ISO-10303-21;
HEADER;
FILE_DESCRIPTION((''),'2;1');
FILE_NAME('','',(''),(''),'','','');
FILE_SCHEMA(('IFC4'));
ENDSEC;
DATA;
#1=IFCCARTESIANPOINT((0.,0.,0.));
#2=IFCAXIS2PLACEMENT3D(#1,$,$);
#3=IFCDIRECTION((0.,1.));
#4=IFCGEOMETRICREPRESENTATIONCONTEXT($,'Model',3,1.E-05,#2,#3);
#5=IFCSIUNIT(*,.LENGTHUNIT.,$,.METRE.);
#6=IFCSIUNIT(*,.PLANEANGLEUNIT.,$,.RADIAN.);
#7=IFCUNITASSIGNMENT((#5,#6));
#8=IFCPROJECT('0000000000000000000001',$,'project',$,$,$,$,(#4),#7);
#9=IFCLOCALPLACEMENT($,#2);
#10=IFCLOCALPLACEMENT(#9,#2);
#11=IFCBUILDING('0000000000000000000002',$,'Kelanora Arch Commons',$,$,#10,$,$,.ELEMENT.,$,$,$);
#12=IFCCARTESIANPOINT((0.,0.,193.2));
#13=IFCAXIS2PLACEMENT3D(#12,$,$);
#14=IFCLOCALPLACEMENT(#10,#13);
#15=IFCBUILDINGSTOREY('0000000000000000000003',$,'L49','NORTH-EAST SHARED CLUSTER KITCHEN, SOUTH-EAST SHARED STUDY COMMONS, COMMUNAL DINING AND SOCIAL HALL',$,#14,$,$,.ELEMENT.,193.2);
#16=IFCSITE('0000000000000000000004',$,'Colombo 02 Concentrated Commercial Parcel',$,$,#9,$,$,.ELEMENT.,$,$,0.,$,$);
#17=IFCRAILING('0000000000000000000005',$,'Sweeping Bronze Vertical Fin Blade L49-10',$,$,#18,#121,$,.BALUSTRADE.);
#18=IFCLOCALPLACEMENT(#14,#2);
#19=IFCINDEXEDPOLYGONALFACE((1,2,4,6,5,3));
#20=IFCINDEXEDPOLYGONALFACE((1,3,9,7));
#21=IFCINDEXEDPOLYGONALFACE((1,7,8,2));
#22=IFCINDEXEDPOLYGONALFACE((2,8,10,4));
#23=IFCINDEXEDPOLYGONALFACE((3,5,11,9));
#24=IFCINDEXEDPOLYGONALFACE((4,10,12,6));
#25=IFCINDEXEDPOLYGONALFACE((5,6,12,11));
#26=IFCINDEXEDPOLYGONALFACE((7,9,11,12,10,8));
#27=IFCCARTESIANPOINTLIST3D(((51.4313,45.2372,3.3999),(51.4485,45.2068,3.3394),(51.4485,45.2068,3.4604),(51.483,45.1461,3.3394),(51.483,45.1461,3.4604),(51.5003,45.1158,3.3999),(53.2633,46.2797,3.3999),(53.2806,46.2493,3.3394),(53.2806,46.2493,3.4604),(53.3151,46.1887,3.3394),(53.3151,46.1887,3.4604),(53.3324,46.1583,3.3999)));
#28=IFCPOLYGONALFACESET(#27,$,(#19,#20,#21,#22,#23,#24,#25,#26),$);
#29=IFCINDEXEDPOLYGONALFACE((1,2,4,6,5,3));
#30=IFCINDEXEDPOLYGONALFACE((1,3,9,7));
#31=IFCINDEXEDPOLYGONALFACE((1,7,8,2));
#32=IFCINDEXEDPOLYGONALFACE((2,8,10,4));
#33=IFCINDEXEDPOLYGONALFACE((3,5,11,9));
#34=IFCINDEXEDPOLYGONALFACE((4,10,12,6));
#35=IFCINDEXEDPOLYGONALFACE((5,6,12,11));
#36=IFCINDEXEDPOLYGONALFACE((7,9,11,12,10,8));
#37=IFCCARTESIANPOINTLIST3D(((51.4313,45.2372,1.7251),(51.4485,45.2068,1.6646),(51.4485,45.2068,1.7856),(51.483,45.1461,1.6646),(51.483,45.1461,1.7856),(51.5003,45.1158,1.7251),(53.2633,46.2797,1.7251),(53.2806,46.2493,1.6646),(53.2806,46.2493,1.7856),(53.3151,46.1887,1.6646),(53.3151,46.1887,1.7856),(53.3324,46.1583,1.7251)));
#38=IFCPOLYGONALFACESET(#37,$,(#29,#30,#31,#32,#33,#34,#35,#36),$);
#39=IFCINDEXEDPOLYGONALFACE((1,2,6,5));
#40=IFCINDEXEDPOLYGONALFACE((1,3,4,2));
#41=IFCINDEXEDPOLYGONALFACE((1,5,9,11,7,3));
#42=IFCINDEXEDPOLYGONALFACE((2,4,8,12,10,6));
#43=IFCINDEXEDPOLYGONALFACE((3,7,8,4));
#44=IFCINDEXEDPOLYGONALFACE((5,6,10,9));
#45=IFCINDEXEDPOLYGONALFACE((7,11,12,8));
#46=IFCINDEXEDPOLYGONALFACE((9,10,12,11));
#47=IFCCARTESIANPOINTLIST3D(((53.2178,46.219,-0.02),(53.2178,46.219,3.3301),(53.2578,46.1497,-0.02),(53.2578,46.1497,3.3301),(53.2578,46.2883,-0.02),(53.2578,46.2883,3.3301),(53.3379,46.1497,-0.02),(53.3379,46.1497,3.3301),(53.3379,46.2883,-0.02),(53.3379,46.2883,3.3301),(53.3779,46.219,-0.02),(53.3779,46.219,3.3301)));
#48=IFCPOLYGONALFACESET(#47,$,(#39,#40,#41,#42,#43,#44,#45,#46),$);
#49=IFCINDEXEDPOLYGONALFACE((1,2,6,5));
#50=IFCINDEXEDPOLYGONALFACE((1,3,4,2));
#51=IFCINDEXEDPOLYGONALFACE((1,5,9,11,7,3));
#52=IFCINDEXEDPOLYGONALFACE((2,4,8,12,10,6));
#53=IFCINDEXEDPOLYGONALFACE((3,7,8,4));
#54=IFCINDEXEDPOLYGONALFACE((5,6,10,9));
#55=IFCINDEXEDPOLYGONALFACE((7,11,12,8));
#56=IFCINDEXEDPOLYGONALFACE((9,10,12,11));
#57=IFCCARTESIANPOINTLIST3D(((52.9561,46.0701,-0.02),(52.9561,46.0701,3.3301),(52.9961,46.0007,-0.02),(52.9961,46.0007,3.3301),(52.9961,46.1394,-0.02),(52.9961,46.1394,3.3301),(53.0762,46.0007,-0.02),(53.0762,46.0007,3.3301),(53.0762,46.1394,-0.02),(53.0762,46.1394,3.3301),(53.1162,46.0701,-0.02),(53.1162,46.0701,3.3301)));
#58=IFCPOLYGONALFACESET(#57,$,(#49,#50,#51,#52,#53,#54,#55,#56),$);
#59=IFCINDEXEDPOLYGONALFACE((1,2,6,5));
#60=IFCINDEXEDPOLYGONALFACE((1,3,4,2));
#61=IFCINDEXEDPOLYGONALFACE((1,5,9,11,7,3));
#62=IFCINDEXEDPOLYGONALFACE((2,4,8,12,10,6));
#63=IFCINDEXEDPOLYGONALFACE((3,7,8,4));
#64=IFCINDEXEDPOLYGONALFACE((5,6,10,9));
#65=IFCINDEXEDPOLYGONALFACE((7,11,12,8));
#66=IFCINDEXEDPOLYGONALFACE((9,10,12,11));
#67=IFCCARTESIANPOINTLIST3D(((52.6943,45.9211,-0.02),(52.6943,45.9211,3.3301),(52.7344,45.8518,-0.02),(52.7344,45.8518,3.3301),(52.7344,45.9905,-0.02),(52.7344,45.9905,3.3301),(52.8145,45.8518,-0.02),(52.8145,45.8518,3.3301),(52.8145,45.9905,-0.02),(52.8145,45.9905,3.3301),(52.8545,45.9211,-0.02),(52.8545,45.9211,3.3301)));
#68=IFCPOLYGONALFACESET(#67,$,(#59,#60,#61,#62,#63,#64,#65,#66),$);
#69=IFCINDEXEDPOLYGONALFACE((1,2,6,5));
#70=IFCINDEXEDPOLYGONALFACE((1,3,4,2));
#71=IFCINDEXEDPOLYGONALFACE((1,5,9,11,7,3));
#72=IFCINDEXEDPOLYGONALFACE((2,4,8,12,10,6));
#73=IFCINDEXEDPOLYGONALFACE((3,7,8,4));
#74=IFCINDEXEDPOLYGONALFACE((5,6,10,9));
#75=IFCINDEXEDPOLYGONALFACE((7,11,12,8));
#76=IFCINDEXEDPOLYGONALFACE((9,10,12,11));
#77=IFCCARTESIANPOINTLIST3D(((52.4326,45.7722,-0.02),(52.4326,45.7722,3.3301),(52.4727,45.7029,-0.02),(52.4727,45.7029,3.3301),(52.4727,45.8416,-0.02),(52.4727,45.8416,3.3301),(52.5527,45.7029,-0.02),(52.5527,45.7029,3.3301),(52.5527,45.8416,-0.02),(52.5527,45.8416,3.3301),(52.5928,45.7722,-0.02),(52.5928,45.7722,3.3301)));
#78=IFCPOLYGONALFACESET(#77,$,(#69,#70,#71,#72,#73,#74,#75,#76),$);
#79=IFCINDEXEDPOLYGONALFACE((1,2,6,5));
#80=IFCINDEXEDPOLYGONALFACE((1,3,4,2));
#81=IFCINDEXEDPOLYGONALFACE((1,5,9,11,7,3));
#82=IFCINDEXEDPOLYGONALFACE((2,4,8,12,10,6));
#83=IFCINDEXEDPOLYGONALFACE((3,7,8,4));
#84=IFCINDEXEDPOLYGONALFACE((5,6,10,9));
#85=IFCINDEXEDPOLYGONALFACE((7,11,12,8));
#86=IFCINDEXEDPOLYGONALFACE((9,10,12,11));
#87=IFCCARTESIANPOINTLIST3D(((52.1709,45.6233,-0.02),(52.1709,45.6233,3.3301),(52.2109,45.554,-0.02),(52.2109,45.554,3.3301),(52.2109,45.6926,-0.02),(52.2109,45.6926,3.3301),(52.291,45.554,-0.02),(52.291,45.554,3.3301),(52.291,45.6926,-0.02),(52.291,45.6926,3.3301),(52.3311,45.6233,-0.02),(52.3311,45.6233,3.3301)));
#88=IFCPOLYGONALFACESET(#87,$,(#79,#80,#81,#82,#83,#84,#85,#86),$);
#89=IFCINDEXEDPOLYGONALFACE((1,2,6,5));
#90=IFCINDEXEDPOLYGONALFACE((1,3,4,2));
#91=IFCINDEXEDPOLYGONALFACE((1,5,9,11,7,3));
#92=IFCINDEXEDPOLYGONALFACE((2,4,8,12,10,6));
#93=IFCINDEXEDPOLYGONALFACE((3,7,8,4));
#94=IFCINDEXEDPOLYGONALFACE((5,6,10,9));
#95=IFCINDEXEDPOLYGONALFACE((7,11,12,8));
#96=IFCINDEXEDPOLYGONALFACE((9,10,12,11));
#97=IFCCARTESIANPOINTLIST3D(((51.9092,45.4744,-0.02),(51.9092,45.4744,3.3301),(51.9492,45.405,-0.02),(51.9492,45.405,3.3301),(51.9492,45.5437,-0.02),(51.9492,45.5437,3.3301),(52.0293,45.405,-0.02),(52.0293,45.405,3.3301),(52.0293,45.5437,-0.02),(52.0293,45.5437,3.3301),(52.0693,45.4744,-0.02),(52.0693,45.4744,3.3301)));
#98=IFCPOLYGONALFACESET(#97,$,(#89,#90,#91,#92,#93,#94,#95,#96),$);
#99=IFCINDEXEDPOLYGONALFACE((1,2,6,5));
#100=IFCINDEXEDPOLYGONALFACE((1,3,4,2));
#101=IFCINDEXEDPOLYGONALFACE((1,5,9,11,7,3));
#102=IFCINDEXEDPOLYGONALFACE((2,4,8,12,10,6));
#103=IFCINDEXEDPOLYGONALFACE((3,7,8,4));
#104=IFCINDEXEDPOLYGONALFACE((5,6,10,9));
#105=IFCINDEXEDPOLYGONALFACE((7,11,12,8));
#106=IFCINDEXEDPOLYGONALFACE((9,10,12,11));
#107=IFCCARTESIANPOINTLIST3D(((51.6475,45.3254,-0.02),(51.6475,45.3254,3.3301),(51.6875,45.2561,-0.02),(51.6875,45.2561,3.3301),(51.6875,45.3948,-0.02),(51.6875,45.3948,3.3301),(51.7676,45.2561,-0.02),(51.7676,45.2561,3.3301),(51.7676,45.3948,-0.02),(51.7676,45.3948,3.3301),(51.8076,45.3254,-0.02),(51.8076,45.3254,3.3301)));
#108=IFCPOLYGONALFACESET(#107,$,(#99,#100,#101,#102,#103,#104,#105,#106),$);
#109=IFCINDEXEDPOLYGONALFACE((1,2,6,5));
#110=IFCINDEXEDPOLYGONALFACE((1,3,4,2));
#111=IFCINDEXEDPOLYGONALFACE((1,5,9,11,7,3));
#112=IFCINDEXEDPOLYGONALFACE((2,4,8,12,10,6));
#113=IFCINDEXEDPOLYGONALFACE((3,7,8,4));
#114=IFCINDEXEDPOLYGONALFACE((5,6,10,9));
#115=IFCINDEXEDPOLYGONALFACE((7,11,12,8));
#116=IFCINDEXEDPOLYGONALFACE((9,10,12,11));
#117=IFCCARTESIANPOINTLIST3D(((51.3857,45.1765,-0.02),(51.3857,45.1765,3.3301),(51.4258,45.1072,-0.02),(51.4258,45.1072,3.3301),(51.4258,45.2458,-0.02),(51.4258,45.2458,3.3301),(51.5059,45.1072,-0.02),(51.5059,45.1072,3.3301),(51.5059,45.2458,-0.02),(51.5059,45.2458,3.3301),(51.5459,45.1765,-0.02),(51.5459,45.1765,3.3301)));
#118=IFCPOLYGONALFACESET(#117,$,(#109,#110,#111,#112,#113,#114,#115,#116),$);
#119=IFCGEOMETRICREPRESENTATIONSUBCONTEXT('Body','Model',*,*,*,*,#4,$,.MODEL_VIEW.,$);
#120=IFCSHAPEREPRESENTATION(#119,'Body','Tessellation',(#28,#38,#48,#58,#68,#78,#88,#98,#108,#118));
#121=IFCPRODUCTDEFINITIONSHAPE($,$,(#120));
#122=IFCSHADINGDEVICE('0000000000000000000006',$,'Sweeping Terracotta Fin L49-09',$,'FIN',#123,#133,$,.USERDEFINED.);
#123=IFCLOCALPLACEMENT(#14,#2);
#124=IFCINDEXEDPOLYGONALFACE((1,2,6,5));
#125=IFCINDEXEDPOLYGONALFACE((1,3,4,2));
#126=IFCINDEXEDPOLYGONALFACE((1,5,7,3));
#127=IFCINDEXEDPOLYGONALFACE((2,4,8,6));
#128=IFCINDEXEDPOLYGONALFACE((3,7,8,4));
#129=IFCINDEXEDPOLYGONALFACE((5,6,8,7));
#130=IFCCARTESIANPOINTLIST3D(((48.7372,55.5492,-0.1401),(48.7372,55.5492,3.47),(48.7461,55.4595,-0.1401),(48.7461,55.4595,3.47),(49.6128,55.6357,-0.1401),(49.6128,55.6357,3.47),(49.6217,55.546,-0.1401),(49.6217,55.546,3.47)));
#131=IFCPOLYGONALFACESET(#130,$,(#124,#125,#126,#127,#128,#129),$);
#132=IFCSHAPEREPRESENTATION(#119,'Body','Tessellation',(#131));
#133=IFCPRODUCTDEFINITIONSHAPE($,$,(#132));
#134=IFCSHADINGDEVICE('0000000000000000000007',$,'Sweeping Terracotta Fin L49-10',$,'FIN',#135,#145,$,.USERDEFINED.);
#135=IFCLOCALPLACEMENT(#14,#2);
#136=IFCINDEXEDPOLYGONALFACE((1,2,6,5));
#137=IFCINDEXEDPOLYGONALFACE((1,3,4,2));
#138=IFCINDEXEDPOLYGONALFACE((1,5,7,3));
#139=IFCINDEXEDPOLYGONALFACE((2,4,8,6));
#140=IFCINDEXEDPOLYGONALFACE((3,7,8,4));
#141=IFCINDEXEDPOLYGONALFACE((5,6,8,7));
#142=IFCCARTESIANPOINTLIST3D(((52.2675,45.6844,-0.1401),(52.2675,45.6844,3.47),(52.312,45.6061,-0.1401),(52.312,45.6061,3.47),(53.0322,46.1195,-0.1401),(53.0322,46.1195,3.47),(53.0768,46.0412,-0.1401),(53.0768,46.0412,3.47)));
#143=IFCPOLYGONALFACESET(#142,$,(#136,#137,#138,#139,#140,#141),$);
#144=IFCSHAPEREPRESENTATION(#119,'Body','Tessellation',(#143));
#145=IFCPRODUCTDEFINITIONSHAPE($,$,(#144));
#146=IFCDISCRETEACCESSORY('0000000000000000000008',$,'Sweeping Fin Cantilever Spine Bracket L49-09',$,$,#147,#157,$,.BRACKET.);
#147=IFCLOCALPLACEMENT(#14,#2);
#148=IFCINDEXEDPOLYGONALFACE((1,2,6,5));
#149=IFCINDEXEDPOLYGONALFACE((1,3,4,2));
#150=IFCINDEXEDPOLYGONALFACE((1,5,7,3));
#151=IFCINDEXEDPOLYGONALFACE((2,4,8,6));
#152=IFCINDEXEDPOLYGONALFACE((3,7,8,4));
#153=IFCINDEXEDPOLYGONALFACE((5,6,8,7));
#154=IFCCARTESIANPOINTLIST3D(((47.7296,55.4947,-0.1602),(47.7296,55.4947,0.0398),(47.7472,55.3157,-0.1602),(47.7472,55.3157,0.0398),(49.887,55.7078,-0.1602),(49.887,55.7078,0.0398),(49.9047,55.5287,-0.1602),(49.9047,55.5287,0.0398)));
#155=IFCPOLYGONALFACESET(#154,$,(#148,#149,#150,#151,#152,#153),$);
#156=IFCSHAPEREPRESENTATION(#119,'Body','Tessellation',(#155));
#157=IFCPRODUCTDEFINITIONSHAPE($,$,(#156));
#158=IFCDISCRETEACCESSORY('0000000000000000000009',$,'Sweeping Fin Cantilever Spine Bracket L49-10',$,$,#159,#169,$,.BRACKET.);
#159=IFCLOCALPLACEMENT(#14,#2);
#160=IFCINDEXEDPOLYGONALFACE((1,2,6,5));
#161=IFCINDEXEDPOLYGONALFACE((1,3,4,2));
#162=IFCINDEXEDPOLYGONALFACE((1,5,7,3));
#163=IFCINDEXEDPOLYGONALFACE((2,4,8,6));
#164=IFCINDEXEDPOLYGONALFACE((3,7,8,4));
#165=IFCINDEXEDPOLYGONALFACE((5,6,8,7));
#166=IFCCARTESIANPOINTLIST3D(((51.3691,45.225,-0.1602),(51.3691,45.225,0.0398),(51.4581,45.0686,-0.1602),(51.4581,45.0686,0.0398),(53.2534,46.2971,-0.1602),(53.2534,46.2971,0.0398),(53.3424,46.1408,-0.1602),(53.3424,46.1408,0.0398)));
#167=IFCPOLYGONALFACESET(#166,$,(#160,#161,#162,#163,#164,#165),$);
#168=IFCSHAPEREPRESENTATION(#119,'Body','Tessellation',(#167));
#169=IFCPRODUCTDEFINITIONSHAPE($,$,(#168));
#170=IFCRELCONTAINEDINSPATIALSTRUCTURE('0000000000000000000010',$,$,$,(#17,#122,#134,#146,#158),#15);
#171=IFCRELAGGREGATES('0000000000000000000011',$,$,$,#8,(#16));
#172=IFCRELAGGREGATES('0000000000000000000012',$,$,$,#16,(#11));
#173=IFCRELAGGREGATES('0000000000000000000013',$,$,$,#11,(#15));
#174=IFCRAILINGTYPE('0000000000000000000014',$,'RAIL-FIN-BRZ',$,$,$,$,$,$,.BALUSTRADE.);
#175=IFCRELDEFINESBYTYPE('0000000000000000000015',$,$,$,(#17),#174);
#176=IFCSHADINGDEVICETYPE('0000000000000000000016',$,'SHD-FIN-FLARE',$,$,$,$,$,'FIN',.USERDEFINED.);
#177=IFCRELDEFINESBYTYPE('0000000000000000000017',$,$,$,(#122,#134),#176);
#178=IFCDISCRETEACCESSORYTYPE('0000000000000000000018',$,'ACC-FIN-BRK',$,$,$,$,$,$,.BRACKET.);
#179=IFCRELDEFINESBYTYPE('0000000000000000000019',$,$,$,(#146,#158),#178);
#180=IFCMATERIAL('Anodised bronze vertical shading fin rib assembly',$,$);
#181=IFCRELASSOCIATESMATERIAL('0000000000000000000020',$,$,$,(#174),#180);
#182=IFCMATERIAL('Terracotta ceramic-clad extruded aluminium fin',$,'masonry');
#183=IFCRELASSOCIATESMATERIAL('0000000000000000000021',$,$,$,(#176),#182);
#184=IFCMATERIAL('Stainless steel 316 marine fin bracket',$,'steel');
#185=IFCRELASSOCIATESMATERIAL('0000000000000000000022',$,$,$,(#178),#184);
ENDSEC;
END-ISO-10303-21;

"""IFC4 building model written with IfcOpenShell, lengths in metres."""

from ifc_helpers import new_model, si_unit, direction, frame, origin, origin_2d, place, context, subcontext, project, spatial, polyline, rectangle, outline, extrude, source, transform, mapped, material, type_object, element, save


model = new_model("IFC4")

# Units and contexts
model_context = context("Model", 3, precision=1e-05, world=origin(), true_north=direction((0.0, 1.0)))
body_context = subcontext(model_context, "Body", "Model", "MODEL_VIEW")
ifc_project = project(units=[si_unit("LENGTHUNIT", "METRE"), si_unit("PLANEANGLEUNIT", "RADIAN")], contexts=[model_context])

# Site, building, storey
site_placement = place(None, origin())
site = spatial("IfcSite", under=ifc_project, at=site_placement, Name="Colombo 02 Concentrated Commercial Parcel", CompositionType="ELEMENT", RefElevation=0.0)
building_placement = place(site_placement, origin())
building = spatial("IfcBuilding", under=site, at=building_placement, Name="Kelanora Arch Commons", CompositionType="ELEMENT")
storey_placement = place(building_placement, frame((0.0, 0.0, 193.2)))
storey = spatial("IfcBuildingStorey", under=building, at=storey_placement, Name="L49", Description="NORTH-EAST SHARED CLUSTER KITCHEN, SOUTH-EAST SHARED STUDY COMMONS, COMMUNAL DINING AND SOCIAL HALL", CompositionType="ELEMENT", Elevation=193.2)

# Railing
ifc_material_1 = material(Name="Anodised bronze vertical shading fin rib assembly")
railing_type = type_object("IfcRailingType", Name="RAIL-FIN-BRZ", PredefinedType="BALUSTRADE", material=ifc_material_1)
railing_1_placement = place(storey_placement, frame((53.2979, 46.219, -0.02)))
element("IfcRailing", 1, at=railing_1_placement, inside=storey, type_object=railing_type, Name="Sweeping Bronze Vertical Fin Blade L49-10", PredefinedType="BALUSTRADE", context=body_context, shape_type="SweptSolid", body=[
    extrude(outline(polyline([(0.0698, 0.0), (0.0349, 0.0605), (-0.0349, 0.0605), (-0.0698, 0.0), (-0.0349, -0.0605), (0.0349, -0.0605), (0.0698, 0.0)])), frame((0.0, 0.0, 3.4199), z_axis=(-0.86914, -0.494566, 0.0), x_axis=(0.494566, -0.86914, 0.0)), (0.0, 0.0, 1.0), 2.1079),
    extrude(outline(polyline([(0.0698, 0.0), (0.0349, 0.0605), (-0.0349, 0.0605), (-0.0698, 0.0), (-0.0349, -0.0605), (0.0349, -0.0605), (0.0698, 0.0)])), frame((0.0, 0.0, 1.7451), z_axis=(-0.86914, -0.494566, 0.0), x_axis=(0.494566, -0.86914, 0.0)), (0.0, 0.0, 1.0), 2.1079),
    extrude(outline(polyline([(0.0801, 0.0), (0.04, 0.0693), (-0.04, 0.0693), (-0.0801, 0.0), (-0.04, -0.0693), (0.04, -0.0693), (0.0801, 0.0)])), origin(), (0.0, 0.0, 1.0), 3.3501),
    extrude(outline(polyline([(0.0801, 0.0), (0.04, 0.0693), (-0.04, 0.0693), (-0.0801, 0.0), (-0.04, -0.0693), (0.04, -0.0693), (0.0801, 0.0)])), frame((-0.2617, -0.1489, 0.0)), (0.0, 0.0, 1.0), 3.3501),
    extrude(outline(polyline([(0.0801, 0.0), (0.04, 0.0693), (-0.04, 0.0693), (-0.0801, 0.0), (-0.04, -0.0693), (0.04, -0.0693), (0.0801, 0.0)])), frame((-0.5234, -0.2979, 0.0)), (0.0, 0.0, 1.0), 3.3501),
    extrude(outline(polyline([(0.0801, 0.0), (0.04, 0.0693), (-0.04, 0.0693), (-0.0801, 0.0), (-0.04, -0.0693), (0.04, -0.0693), (0.0801, 0.0)])), frame((-0.7852, -0.4468, 0.0)), (0.0, 0.0, 1.0), 3.3501),
    extrude(outline(polyline([(0.0801, 0.0), (0.04, 0.0693), (-0.04, 0.0693), (-0.0801, 0.0), (-0.04, -0.0693), (0.04, -0.0693), (0.0801, 0.0)])), frame((-1.0469, -0.5957, 0.0)), (0.0, 0.0, 1.0), 3.3501),
    extrude(outline(polyline([(0.0801, 0.0), (0.04, 0.0693), (-0.04, 0.0693), (-0.0801, 0.0), (-0.04, -0.0693), (0.04, -0.0693), (0.0801, 0.0)])), frame((-1.3086, -0.7446, 0.0)), (0.0, 0.0, 1.0), 3.3501),
    extrude(outline(polyline([(0.0801, 0.0), (0.04, 0.0693), (-0.04, 0.0693), (-0.0801, 0.0), (-0.04, -0.0693), (0.04, -0.0693), (0.0801, 0.0)])), frame((-1.5703, -0.8936, 0.0)), (0.0, 0.0, 1.0), 3.3501),
    extrude(outline(polyline([(0.0801, 0.0), (0.04, 0.0693), (-0.04, 0.0693), (-0.0801, 0.0), (-0.04, -0.0693), (0.04, -0.0693), (0.0801, 0.0)])), frame((-1.832, -1.0425, 0.0)), (0.0, 0.0, 1.0), 3.3501),
])

# Shading devices
ifc_material_2 = material(Name="Terracotta ceramic-clad extruded aluminium fin", Category="masonry")
shading_device_type = type_object("IfcShadingDeviceType", Name="SHD-FIN-FLARE", ElementType="FIN", PredefinedType="USERDEFINED", material=ifc_material_2)
shared_shape_1 = source(origin(), body_context, "Body", "SweptSolid", [
    extrude(rectangle(XDim=0.8799, YDim=0.0901, at=origin_2d()), origin(), (0.0, 0.0, 1.0), 3.6101),
])
for number, where, z_axis, x_axis, name in (
    (2, (49.1794, 55.5476, -0.1401), (0.0, 0.0, 1.0), (-0.995159, -0.098278, 0.0), "Sweeping Terracotta Fin L49-09"),
    (3, (52.6721, 45.8628, -0.1401), (0.0, 0.0, 1.0), (-0.86915, -0.494549, 0.0), "Sweeping Terracotta Fin L49-10"),
):
    element("IfcShadingDevice", number, at=place(storey_placement, frame(where, z_axis=z_axis, x_axis=x_axis)), inside=storey, type_object=shading_device_type, Name=name, ObjectType="FIN", PredefinedType="USERDEFINED", context=body_context, shape_type="MappedRepresentation", body=[
        mapped(shared_shape_1, transform((0.0, 0.0, 0.0), scale=1.0)),
    ])

# Discrete accessories
ifc_material_3 = material(Name="Stainless steel 316 marine fin bracket", Category="steel")
discrete_accessory_type = type_object("IfcDiscreteAccessoryType", Name="ACC-FIN-BRK", PredefinedType="BRACKET", material=ifc_material_3)
shared_shape_2 = source(origin(), body_context, "Body", "SweptSolid", [
    extrude(rectangle(XDim=2.168, YDim=0.1799, at=origin_2d()), origin(), (0.0, 0.0, 1.0), 0.2),
])
for number, where, z_axis, x_axis, name in (
    (4, (48.8171, 55.5117, -0.1602), (0.0, 0.0, 1.0), (-0.995159, -0.098278, 0.0), "Sweeping Fin Cantilever Spine Bracket L49-09"),
    (5, (52.3557, 45.6829, -0.1602), (0.0, 0.0, 1.0), (-0.86915, -0.494549, 0.0), "Sweeping Fin Cantilever Spine Bracket L49-10"),
):
    element("IfcDiscreteAccessory", number, at=place(storey_placement, frame(where, z_axis=z_axis, x_axis=x_axis)), inside=storey, type_object=discrete_accessory_type, Name=name, PredefinedType="BRACKET", context=body_context, shape_type="MappedRepresentation", body=[
        mapped(shared_shape_2, transform((0.0, 0.0, 0.0), scale=1.0)),
    ])

save(model, "model.ifc")
